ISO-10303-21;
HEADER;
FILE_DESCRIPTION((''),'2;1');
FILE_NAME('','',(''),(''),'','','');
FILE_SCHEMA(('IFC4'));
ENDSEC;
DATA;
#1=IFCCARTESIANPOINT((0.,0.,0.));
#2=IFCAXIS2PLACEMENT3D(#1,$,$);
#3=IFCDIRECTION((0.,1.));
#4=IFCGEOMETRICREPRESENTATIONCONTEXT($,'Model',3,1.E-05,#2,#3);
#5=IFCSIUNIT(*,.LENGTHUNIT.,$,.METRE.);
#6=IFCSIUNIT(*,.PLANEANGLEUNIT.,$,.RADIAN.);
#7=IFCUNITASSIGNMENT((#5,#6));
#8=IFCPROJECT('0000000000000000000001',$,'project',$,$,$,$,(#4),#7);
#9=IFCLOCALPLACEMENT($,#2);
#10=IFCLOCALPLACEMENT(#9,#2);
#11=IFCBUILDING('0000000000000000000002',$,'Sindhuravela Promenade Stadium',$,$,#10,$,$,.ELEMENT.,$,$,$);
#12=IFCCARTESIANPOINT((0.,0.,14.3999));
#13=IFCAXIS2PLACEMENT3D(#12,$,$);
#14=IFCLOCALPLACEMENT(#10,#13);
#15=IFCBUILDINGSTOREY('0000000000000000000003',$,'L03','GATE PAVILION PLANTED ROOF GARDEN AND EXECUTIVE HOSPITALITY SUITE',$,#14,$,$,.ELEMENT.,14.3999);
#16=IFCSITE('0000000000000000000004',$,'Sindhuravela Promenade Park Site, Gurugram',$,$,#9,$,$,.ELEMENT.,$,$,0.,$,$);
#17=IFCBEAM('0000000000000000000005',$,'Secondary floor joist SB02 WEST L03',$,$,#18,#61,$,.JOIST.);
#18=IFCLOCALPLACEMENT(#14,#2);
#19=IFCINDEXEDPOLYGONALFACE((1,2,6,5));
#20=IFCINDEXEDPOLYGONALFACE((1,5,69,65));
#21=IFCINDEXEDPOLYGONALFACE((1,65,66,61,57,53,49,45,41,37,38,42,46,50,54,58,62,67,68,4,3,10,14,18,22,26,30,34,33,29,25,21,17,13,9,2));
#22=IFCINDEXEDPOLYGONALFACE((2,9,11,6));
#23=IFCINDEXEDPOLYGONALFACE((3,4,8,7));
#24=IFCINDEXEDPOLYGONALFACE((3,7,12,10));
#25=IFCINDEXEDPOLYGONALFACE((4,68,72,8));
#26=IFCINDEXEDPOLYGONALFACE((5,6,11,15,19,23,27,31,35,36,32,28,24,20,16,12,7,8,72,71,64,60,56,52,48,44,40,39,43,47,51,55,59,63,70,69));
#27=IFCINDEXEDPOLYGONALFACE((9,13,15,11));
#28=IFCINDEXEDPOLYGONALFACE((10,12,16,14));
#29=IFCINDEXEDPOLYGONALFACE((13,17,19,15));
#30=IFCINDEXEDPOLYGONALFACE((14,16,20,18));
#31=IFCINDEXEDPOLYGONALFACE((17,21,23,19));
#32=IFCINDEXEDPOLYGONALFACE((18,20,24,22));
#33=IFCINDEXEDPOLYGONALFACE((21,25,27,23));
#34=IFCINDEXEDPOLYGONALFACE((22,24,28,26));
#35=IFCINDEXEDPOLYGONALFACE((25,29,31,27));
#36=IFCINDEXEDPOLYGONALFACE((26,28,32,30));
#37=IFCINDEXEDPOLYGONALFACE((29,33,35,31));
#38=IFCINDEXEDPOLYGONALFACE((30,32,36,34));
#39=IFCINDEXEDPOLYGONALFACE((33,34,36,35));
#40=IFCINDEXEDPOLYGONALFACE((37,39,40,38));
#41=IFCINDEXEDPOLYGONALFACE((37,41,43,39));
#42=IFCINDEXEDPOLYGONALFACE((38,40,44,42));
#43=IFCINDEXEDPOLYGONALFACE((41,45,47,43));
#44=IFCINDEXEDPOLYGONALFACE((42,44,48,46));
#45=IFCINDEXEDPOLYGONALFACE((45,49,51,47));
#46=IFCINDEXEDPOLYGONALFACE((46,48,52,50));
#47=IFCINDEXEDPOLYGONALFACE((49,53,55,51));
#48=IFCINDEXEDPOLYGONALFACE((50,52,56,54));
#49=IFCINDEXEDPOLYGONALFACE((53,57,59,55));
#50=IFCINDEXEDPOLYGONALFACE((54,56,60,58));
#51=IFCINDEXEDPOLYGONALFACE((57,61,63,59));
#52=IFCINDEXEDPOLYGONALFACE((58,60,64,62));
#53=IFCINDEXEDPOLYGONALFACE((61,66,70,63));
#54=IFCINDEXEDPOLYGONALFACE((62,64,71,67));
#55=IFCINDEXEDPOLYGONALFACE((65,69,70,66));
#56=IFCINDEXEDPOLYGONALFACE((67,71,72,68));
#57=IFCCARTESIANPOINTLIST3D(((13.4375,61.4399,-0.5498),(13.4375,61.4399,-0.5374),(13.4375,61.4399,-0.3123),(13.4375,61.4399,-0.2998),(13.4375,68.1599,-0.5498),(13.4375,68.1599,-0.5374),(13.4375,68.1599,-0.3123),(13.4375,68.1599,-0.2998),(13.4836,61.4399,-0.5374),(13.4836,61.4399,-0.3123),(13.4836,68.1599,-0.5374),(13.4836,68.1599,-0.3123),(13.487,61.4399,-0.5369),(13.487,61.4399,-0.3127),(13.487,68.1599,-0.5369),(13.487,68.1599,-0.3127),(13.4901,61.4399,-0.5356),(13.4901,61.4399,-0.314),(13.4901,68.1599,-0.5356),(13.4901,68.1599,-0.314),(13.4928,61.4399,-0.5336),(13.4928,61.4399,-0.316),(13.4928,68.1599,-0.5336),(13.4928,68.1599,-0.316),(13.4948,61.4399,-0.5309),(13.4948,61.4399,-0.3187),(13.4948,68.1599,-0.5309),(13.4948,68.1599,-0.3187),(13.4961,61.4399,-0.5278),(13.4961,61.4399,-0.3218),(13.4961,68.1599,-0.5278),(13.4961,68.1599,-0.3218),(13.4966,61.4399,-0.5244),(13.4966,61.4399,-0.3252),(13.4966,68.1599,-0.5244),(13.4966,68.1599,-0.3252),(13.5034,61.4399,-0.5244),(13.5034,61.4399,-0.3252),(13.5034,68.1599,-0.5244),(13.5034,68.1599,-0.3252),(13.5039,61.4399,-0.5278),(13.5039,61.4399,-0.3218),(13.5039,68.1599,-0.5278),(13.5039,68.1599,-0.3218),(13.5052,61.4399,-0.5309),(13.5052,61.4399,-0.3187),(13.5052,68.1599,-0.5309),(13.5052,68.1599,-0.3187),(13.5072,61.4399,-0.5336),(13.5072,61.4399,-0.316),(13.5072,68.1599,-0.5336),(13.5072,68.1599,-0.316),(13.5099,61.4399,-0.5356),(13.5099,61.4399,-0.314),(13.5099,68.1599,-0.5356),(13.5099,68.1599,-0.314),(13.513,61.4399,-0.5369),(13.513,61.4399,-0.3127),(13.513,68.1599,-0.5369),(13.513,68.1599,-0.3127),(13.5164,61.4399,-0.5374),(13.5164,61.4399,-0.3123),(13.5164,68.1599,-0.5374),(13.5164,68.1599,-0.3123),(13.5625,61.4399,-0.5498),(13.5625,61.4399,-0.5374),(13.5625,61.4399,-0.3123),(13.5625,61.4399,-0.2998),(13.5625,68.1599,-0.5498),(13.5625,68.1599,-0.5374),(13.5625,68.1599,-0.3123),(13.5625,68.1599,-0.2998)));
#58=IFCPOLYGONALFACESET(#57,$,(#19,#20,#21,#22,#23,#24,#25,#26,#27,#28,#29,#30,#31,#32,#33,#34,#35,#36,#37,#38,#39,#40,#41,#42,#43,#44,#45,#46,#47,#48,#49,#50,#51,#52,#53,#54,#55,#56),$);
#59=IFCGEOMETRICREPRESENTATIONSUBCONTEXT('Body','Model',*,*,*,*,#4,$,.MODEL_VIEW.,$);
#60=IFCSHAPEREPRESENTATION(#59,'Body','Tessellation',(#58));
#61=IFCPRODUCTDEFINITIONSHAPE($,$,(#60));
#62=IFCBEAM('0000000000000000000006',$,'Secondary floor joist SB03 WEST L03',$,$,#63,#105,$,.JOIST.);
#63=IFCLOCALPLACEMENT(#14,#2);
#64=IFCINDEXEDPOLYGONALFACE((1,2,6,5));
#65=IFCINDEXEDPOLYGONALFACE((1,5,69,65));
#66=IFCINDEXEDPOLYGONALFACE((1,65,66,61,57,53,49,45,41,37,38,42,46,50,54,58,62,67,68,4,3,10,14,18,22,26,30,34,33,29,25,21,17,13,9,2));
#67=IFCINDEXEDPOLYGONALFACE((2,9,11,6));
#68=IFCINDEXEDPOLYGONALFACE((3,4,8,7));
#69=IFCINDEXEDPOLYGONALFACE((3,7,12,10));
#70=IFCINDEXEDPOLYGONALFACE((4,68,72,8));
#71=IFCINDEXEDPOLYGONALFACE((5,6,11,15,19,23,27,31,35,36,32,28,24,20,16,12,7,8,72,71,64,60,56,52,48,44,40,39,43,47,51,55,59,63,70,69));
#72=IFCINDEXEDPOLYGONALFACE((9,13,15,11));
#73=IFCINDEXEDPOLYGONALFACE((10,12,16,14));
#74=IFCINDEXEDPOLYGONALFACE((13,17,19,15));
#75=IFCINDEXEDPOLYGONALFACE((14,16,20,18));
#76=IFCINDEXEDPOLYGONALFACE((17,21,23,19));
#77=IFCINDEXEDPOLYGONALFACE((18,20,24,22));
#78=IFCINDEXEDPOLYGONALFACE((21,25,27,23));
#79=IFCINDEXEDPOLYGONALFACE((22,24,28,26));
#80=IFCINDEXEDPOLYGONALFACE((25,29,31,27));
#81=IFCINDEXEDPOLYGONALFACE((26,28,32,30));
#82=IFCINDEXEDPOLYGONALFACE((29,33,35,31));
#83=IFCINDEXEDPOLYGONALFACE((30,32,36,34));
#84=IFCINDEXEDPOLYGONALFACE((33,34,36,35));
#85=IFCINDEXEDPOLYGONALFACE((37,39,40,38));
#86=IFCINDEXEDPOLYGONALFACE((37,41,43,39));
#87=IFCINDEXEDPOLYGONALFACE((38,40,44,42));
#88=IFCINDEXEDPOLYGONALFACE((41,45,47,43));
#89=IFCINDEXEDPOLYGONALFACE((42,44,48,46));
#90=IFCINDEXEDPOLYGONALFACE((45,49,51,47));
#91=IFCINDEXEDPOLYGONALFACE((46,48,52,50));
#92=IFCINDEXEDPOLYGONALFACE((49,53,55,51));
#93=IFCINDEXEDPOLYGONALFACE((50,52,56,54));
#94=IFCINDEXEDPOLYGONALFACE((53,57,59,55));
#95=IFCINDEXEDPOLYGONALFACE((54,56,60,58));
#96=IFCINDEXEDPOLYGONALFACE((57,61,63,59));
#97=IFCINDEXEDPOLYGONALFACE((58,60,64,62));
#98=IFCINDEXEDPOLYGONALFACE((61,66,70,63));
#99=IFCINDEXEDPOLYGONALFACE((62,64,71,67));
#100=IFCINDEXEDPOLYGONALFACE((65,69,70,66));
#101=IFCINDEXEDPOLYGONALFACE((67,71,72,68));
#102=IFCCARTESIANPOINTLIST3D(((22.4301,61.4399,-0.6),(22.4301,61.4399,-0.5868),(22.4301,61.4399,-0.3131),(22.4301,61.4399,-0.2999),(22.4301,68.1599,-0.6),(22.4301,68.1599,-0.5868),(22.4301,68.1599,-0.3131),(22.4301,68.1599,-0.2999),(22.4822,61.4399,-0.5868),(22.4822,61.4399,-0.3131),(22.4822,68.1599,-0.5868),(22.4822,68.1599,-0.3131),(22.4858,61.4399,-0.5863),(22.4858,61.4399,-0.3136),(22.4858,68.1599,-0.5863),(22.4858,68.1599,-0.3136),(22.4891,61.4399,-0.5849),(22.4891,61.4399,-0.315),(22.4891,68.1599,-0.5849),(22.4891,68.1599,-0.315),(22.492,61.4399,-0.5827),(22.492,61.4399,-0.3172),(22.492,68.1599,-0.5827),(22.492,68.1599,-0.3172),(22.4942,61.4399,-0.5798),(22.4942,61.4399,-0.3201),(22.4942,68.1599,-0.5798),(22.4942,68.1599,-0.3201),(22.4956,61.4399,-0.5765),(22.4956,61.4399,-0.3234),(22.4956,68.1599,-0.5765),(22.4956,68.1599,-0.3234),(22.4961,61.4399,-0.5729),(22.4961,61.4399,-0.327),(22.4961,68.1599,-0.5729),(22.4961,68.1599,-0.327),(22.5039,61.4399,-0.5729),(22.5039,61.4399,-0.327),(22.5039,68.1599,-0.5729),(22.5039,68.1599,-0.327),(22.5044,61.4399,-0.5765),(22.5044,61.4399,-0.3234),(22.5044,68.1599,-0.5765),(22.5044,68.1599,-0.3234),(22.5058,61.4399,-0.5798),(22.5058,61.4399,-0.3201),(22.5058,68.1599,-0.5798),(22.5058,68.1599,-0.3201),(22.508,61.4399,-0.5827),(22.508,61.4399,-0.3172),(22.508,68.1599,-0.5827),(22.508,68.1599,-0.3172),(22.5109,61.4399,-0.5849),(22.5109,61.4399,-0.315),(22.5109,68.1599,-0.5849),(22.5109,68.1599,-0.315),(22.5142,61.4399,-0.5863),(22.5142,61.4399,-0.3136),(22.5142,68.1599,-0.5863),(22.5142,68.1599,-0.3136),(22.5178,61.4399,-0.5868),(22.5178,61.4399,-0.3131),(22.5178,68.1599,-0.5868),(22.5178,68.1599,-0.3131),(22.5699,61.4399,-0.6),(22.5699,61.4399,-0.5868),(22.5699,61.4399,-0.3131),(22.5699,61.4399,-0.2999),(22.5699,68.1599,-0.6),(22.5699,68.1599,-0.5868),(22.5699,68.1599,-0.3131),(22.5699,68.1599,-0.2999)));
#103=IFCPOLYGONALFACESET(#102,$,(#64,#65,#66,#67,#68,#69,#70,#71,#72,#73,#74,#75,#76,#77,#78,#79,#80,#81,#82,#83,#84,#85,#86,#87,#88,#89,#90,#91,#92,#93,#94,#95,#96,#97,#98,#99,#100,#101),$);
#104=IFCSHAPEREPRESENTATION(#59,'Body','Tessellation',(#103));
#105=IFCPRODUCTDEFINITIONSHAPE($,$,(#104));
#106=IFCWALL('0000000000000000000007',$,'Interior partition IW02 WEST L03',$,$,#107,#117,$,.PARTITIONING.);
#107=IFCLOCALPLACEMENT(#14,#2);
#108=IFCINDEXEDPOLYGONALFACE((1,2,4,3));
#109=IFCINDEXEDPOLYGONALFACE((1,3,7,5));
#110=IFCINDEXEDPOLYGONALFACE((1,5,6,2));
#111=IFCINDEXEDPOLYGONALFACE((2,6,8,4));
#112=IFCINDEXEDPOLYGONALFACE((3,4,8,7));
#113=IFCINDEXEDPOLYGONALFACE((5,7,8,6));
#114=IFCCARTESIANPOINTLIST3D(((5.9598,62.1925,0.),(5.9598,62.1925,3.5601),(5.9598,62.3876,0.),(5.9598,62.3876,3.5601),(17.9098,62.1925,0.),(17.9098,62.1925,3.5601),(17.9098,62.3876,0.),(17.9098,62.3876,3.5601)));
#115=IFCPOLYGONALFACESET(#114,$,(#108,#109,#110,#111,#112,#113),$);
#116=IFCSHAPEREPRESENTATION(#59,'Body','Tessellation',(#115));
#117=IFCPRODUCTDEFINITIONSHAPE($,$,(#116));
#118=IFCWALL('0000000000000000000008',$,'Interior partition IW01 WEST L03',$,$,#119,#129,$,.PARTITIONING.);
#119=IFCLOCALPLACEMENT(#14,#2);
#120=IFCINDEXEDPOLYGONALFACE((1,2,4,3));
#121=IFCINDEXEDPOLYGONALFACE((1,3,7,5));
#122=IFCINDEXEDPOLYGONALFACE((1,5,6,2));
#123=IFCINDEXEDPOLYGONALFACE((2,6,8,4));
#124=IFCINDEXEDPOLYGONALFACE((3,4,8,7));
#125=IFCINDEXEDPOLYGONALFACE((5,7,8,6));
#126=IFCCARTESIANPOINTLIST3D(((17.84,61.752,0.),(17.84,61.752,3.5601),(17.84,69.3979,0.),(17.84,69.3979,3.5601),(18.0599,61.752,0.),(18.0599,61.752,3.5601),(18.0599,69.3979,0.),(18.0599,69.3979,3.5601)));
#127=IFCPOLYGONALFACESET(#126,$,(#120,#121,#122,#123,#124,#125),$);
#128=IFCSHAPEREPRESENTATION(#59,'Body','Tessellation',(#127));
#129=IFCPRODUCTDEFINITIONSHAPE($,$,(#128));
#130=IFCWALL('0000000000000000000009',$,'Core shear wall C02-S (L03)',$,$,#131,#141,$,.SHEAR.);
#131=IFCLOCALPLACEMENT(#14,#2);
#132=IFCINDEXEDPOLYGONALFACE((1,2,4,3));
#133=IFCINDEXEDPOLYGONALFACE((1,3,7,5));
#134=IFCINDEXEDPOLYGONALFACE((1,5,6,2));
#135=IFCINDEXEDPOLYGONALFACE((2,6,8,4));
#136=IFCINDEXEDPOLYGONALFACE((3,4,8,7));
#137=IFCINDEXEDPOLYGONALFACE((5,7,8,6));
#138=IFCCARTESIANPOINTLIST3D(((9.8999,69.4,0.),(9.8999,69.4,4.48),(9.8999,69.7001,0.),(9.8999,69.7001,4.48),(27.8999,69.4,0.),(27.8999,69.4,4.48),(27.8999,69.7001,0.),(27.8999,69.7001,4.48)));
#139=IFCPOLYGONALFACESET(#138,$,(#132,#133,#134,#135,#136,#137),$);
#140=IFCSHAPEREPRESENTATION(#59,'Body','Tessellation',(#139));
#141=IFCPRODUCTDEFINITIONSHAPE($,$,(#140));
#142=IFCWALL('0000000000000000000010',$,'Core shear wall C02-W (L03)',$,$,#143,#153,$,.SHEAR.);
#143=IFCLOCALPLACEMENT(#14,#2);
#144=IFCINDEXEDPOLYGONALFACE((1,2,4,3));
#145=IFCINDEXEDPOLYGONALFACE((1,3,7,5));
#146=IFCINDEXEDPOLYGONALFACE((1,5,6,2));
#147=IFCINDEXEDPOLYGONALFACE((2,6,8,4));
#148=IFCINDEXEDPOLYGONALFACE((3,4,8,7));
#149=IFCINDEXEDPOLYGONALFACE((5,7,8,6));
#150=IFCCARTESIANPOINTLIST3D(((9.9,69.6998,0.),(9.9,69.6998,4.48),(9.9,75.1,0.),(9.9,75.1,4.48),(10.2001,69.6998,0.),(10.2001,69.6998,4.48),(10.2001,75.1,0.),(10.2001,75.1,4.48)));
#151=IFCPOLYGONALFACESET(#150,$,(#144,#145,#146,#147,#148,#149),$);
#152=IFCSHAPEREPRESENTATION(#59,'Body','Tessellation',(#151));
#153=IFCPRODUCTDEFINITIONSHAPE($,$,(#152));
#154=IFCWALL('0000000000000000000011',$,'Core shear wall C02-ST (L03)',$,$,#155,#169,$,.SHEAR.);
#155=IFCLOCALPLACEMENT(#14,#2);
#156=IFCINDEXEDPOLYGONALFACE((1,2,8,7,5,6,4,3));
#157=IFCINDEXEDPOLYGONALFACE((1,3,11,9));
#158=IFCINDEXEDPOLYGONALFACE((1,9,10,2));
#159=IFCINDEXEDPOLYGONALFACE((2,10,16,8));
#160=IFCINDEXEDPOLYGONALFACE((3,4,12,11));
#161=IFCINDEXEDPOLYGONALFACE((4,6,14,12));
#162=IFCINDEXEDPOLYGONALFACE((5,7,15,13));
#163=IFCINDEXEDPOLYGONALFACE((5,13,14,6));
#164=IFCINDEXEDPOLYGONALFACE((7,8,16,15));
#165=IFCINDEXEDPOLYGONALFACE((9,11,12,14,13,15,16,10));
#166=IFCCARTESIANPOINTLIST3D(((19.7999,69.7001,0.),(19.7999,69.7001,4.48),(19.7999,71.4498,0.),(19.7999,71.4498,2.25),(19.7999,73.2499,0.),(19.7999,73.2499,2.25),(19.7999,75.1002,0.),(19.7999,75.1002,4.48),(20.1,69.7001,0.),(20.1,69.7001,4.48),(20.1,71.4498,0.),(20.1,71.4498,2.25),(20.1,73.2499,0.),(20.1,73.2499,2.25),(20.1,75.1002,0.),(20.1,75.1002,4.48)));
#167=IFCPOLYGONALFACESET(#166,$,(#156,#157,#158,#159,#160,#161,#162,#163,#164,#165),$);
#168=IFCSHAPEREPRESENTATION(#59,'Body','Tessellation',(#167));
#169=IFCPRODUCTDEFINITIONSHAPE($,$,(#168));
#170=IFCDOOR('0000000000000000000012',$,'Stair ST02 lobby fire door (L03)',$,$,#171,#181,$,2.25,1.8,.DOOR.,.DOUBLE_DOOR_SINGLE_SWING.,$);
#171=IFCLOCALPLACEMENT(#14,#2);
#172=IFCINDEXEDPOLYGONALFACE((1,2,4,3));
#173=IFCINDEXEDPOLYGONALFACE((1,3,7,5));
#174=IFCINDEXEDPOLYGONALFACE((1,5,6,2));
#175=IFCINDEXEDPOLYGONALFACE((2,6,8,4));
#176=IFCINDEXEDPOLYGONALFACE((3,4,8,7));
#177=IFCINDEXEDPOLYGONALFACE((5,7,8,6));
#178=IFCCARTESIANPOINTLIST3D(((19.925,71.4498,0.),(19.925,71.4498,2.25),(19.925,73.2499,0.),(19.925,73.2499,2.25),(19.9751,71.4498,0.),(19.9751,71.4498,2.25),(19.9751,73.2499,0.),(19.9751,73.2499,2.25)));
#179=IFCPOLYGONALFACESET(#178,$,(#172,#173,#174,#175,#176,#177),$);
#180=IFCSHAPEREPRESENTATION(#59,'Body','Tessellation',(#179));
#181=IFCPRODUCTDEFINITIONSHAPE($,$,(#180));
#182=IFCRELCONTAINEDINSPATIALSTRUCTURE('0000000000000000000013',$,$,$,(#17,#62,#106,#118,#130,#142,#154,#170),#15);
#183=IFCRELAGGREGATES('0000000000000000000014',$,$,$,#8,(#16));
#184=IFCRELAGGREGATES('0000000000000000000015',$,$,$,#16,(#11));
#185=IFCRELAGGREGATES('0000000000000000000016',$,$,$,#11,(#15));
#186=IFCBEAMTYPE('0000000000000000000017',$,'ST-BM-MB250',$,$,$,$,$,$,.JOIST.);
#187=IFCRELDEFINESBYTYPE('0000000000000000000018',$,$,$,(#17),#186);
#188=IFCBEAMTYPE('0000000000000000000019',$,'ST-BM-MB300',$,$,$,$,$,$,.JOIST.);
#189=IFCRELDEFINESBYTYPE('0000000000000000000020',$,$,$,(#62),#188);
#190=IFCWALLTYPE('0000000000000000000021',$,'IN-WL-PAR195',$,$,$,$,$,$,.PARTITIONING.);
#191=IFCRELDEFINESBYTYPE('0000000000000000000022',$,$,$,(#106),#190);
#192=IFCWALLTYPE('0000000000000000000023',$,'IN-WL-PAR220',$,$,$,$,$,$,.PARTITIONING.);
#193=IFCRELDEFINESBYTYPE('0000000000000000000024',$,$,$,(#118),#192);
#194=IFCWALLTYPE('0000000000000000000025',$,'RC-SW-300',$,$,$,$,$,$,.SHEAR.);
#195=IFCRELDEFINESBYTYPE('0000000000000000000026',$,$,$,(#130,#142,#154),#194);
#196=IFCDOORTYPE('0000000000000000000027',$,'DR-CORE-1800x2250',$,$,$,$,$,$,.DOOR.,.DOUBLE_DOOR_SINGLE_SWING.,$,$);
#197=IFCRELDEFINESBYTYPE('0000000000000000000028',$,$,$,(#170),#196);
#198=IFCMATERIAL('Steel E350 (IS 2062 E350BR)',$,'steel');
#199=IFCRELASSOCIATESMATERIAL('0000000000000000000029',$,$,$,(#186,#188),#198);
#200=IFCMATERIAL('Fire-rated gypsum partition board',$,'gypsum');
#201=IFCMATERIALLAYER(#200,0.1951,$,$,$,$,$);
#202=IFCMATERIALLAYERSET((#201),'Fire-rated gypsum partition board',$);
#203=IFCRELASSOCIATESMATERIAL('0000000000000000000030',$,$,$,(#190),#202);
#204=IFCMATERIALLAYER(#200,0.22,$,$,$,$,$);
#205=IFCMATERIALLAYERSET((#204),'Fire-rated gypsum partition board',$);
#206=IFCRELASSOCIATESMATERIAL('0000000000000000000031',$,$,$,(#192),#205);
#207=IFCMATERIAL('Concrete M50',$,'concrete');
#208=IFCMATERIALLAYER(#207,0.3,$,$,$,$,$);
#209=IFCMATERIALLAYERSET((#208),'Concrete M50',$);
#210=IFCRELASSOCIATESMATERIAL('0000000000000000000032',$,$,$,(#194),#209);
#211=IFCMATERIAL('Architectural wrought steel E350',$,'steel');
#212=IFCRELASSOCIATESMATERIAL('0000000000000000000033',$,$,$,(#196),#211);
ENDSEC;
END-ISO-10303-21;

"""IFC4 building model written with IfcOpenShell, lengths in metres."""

from ifc_helpers import new_model, si_unit, direction, frame, frame_2d, origin, origin_2d, place, context, subcontext, project, spatial, rectangle, i_section, extrude, material, layer, layer_set, material_profile, profile_set, type_object, element, fill, save


model = new_model("IFC4")

# Units and contexts
model_context = context("Model", 3, precision=1e-05, world=origin(), true_north=direction((0.0, 1.0)))
body_context = subcontext(model_context, "Body", "Model", "MODEL_VIEW")
ifc_project = project(units=[si_unit("LENGTHUNIT", "METRE"), si_unit("PLANEANGLEUNIT", "RADIAN")], contexts=[model_context])

# Site, building, storey
site_placement = place(None, origin())
site = spatial("IfcSite", under=ifc_project, at=site_placement, Name="Sindhuravela Promenade Park Site, Gurugram", CompositionType="ELEMENT", RefElevation=0.0)
building_placement = place(site_placement, origin())
building = spatial("IfcBuilding", under=site, at=building_placement, Name="Sindhuravela Promenade Stadium", CompositionType="ELEMENT")
storey_placement = place(building_placement, frame((0.0, 0.0, 14.3999)))
storey = spatial("IfcBuildingStorey", under=building, at=storey_placement, Name="L03", Description="GATE PAVILION PLANTED ROOF GARDEN AND EXECUTIVE HOSPITALITY SUITE", CompositionType="ELEMENT", Elevation=14.3999)

# Shared definitions
ifc_material_1 = material(Name="Concrete M50", Category="concrete")

# Beams
ifc_material_2 = material(Name="Steel E350 (IS 2062 E350BR)", Category="steel")
ifc_material_profile_1 = material_profile(ifc_material_2, i_section(OverallWidth=0.125, OverallDepth=0.25, WebThickness=0.0068, FlangeThickness=0.0125, FilletRadius=0.0129, at=origin_2d()), Name="ISMB 250")
ifc_profile_set_1 = profile_set([ifc_material_profile_1], Name="Steel E350 (IS 2062 E350BR)")
beam_type_1 = type_object("IfcBeamType", Name="ST-BM-MB250", PredefinedType="JOIST", material=ifc_profile_set_1)
beam_1_placement = place(storey_placement, frame((13.5, 61.4399, -0.4248), z_axis=(0.0, 1.0, 0.0), x_axis=(-1.0, 0.0, 0.0)))
element("IfcBeam", 1, at=beam_1_placement, inside=storey, type_object=beam_type_1, Name="Secondary floor joist SB02 WEST L03", PredefinedType="JOIST", context=body_context, shape_type="SweptSolid", body=[
    extrude(i_section(OverallWidth=0.125, OverallDepth=0.25, WebThickness=0.0068, FlangeThickness=0.0125, FilletRadius=0.0129, at=origin_2d()), origin(), (0.0, 0.0, 1.0), 6.72),
])
ifc_material_profile_2 = material_profile(ifc_material_2, i_section(OverallWidth=0.1399, OverallDepth=0.3, WebThickness=0.0078, FlangeThickness=0.0132, FilletRadius=0.0139, at=origin_2d()), Name="ISMB 300")
ifc_profile_set_2 = profile_set([ifc_material_profile_2], Name="Steel E350 (IS 2062 E350BR)")
beam_type_2 = type_object("IfcBeamType", Name="ST-BM-MB300", PredefinedType="JOIST", material=ifc_profile_set_2)
beam_2_placement = place(storey_placement, frame((22.5, 61.4399, -0.45), z_axis=(0.0, 1.0, 0.0), x_axis=(-1.0, 0.0, 0.0)))
element("IfcBeam", 2, at=beam_2_placement, inside=storey, type_object=beam_type_2, Name="Secondary floor joist SB03 WEST L03", PredefinedType="JOIST", context=body_context, shape_type="SweptSolid", body=[
    extrude(i_section(OverallWidth=0.1399, OverallDepth=0.3, WebThickness=0.0078, FlangeThickness=0.0132, FilletRadius=0.0139, at=origin_2d()), origin(), (0.0, 0.0, 1.0), 6.72),
])

# Walls
ifc_material_3 = material(Name="Fire-rated gypsum partition board", Category="gypsum")
ifc_layer_1 = layer(ifc_material_3, 0.1951)
ifc_layer_set_1 = layer_set([ifc_layer_1], Name="Fire-rated gypsum partition board")
wall_type_1 = type_object("IfcWallType", Name="IN-WL-PAR195", PredefinedType="PARTITIONING", material=ifc_layer_set_1)
wall_1_placement = place(storey_placement, frame((17.9099, 62.29, 0.0), z_axis=(0.0, 0.0, 1.0), x_axis=(-1.0, 0.0, 0.0)))
element("IfcWall", 3, at=wall_1_placement, inside=storey, type_object=wall_type_1, Name="Interior partition IW02 WEST L03", PredefinedType="PARTITIONING", context=body_context, shape_type="SweptSolid", body=[
    extrude(rectangle(XDim=11.95, YDim=0.1951, at=frame_2d((5.9751, 0.0))), origin(), (0.0, 0.0, 1.0), 3.5601),
])
ifc_layer_2 = layer(ifc_material_3, 0.22)
ifc_layer_set_2 = layer_set([ifc_layer_2], Name="Fire-rated gypsum partition board")
wall_type_2 = type_object("IfcWallType", Name="IN-WL-PAR220", PredefinedType="PARTITIONING", material=ifc_layer_set_2)
wall_2_placement = place(storey_placement, frame((17.95, 69.3979, 0.0), z_axis=(0.0, 0.0, 1.0), x_axis=(0.0, -1.0, 0.0)))
element("IfcWall", 4, at=wall_2_placement, inside=storey, type_object=wall_type_2, Name="Interior partition IW01 WEST L03", PredefinedType="PARTITIONING", context=body_context, shape_type="SweptSolid", body=[
    extrude(rectangle(XDim=7.646, YDim=0.22, at=frame_2d((3.823, 0.0))), origin(), (0.0, 0.0, 1.0), 3.5601),
])
ifc_layer_3 = layer(ifc_material_1, 0.3)
ifc_layer_set_3 = layer_set([ifc_layer_3], Name="Concrete M50")
wall_type_3 = type_object("IfcWallType", Name="RC-SW-300", PredefinedType="SHEAR", material=ifc_layer_set_3)
wall_3_placement = place(storey_placement, frame((9.8999, 69.55, 0.0), z_axis=(0.0, 0.0, 1.0), x_axis=(1.0, 0.0, 0.0)))
element("IfcWall", 5, at=wall_3_placement, inside=storey, type_object=wall_type_3, Name="Core shear wall C02-S (L03)", PredefinedType="SHEAR", context=body_context, shape_type="SweptSolid", body=[
    extrude(rectangle(XDim=18.0, YDim=0.3, at=frame_2d((9.0, 0.0))), origin(), (0.0, 0.0, 1.0), 4.48),
])
wall_4_placement = place(storey_placement, frame((10.05, 75.1001, 0.0), z_axis=(0.0, 0.0, 1.0), x_axis=(0.0, -1.0, 0.0)))
element("IfcWall", 6, at=wall_4_placement, inside=storey, type_object=wall_type_3, Name="Core shear wall C02-W (L03)", PredefinedType="SHEAR", context=body_context, shape_type="SweptSolid", body=[
    extrude(rectangle(XDim=5.4001, YDim=0.3, at=frame_2d((2.7002, 0.0))), origin(), (0.0, 0.0, 1.0), 4.48),
])

# Wall, opening, door
wall_5_placement = place(storey_placement, frame((19.95, 69.7, 0.0), z_axis=(0.0, 0.0, 1.0), x_axis=(0.0, 1.0, 0.0)))
wall_5 = element("IfcWall", 7, at=wall_5_placement, inside=storey, type_object=wall_type_3, Name="Core shear wall C02-ST (L03)", PredefinedType="SHEAR", context=body_context, shape_type="SweptSolid", body=[
    extrude(rectangle(XDim=5.4001, YDim=0.3, at=frame_2d((2.7002, 0.0))), origin(), (0.0, 0.0, 1.0), 4.48),
])
opening_1_placement = place(wall_5_placement, frame((1.75, 0.0, 0.0)))
opening_1 = element("IfcOpeningElement", 8, at=opening_1_placement, cuts=wall_5, PredefinedType="OPENING", context=body_context, shape_type="SweptSolid", body=[
    extrude(rectangle(XDim=1.8, YDim=2.25, at=frame_2d((0.8999, 1.125))), frame((0.0, 0.1599, 0.0), z_axis=(0.0, -1.0, 0.0), x_axis=(1.0, 0.0, 0.0)), (0.0, 0.0, 1.0), 0.3201),
])
ifc_material_4 = material(Name="Architectural wrought steel E350", Category="steel")
door_type_1 = type_object("IfcDoorType", Name="DR-CORE-1800x2250", OperationType="DOUBLE_DOOR_SINGLE_SWING", PredefinedType="DOOR", material=ifc_material_4)
door_1_placement = place(opening_1_placement, origin())
door_1 = element("IfcDoor", 9, at=door_1_placement, inside=storey, type_object=door_type_1, Name="Stair ST02 lobby fire door (L03)", OperationType="DOUBLE_DOOR_SINGLE_SWING", OverallHeight=2.25, OverallWidth=1.8, PredefinedType="DOOR", context=body_context, shape_type="SweptSolid", body=[
    extrude(rectangle(XDim=1.8, YDim=2.25, at=frame_2d((0.8999, 1.125))), frame((0.0, 0.0249, 0.0), z_axis=(0.0, -1.0, 0.0), x_axis=(1.0, 0.0, 0.0)), (0.0, 0.0, 1.0), 0.05),
])
fill(opening_1, door_1)

save(model, "model.ifc")
